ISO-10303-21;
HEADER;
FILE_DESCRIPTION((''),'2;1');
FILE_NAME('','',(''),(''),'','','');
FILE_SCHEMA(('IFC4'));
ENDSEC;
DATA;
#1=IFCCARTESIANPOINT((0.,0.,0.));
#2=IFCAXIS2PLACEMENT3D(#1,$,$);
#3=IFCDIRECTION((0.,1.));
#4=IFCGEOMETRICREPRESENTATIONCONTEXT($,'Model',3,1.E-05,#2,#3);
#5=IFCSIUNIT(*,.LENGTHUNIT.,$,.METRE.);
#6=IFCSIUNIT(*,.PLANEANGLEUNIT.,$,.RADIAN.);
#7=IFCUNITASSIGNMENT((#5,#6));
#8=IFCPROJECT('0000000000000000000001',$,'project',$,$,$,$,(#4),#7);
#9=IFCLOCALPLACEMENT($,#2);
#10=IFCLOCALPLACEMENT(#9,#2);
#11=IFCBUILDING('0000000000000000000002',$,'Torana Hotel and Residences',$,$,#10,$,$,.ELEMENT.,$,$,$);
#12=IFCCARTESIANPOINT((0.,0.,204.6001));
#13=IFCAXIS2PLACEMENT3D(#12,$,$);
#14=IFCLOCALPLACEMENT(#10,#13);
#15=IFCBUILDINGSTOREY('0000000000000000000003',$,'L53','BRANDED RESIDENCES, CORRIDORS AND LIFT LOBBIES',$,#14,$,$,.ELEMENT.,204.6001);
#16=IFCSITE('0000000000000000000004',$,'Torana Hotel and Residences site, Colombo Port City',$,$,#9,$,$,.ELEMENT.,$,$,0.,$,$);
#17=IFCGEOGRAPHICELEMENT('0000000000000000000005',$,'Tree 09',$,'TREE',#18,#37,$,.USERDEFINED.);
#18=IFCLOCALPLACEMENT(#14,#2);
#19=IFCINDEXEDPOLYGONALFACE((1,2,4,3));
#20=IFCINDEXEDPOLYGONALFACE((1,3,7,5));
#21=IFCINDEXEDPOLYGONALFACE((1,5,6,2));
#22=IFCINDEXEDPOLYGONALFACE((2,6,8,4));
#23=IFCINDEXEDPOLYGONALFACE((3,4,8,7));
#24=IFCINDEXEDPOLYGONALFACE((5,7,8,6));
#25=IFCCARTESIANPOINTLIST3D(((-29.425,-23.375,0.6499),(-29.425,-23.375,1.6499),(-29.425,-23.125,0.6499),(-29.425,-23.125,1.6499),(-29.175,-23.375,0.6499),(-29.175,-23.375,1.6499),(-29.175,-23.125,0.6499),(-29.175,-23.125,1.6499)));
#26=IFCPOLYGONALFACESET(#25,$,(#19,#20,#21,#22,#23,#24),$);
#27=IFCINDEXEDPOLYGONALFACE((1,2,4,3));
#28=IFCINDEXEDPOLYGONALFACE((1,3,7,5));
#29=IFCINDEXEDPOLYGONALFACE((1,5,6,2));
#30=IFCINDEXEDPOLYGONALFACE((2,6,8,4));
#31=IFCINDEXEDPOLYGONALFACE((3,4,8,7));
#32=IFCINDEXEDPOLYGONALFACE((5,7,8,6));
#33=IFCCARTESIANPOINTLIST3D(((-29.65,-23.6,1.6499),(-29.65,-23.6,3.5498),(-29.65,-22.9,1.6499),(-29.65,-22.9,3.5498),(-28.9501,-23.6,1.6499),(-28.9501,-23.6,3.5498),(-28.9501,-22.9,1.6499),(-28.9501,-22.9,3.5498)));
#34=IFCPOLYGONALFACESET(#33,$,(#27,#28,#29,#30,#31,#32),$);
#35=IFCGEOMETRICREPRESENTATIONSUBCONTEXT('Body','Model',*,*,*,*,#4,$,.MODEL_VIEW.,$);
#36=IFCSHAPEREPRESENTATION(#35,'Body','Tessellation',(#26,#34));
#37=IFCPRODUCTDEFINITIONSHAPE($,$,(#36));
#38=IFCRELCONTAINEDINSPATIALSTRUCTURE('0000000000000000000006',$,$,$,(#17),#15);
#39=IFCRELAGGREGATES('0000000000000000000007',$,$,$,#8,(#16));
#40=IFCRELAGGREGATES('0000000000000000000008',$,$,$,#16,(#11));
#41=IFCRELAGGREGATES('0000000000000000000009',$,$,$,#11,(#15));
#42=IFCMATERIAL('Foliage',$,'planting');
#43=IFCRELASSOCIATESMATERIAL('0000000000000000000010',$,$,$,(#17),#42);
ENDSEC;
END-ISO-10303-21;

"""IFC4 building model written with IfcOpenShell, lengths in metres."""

from ifc_helpers import new_model, si_unit, direction, frame, origin, origin_2d, place, context, subcontext, project, spatial, rectangle, extrude, material, element, save


model = new_model("IFC4")

# Units and contexts
model_context = context("Model", 3, precision=1e-05, world=origin(), true_north=direction((0.0, 1.0)))
body_context = subcontext(model_context, "Body", "Model", "MODEL_VIEW")
ifc_project = project(units=[si_unit("LENGTHUNIT", "METRE"), si_unit("PLANEANGLEUNIT", "RADIAN")], contexts=[model_context])

# Site, building, storey
site_placement = place(None, origin())
site = spatial("IfcSite", under=ifc_project, at=site_placement, Name="Torana Hotel and Residences site, Colombo Port City", CompositionType="ELEMENT", RefElevation=0.0)
building_placement = place(site_placement, origin())
building = spatial("IfcBuilding", under=site, at=building_placement, Name="Torana Hotel and Residences", CompositionType="ELEMENT")
storey_placement = place(building_placement, frame((0.0, 0.0, 204.6001)))
storey = spatial("IfcBuildingStorey", under=building, at=storey_placement, Name="L53", Description="BRANDED RESIDENCES, CORRIDORS AND LIFT LOBBIES", CompositionType="ELEMENT", Elevation=204.6001)

# Geographic element
ifc_material_1 = material(Name="Foliage", Category="planting")
geographic_element_placement = place(storey_placement, frame((-29.3, -23.25, 0.6499), z_axis=(0.0, 0.0, 1.0), x_axis=(1.0, 0.0, 0.0)))
element("IfcGeographicElement", 1, at=geographic_element_placement, inside=storey, material=ifc_material_1, Name="Tree 09", ObjectType="TREE", PredefinedType="USERDEFINED", context=body_context, shape_type="SweptSolid", body=[
    extrude(rectangle(XDim=0.25, YDim=0.25, at=origin_2d()), origin(), (0.0, 0.0, 1.0), 1.0),
    extrude(rectangle(XDim=0.7, YDim=0.7, at=origin_2d()), frame((0.0, 0.0, 1.0)), (0.0, 0.0, 1.0), 1.8999),
])

save(model, "model.ifc")
